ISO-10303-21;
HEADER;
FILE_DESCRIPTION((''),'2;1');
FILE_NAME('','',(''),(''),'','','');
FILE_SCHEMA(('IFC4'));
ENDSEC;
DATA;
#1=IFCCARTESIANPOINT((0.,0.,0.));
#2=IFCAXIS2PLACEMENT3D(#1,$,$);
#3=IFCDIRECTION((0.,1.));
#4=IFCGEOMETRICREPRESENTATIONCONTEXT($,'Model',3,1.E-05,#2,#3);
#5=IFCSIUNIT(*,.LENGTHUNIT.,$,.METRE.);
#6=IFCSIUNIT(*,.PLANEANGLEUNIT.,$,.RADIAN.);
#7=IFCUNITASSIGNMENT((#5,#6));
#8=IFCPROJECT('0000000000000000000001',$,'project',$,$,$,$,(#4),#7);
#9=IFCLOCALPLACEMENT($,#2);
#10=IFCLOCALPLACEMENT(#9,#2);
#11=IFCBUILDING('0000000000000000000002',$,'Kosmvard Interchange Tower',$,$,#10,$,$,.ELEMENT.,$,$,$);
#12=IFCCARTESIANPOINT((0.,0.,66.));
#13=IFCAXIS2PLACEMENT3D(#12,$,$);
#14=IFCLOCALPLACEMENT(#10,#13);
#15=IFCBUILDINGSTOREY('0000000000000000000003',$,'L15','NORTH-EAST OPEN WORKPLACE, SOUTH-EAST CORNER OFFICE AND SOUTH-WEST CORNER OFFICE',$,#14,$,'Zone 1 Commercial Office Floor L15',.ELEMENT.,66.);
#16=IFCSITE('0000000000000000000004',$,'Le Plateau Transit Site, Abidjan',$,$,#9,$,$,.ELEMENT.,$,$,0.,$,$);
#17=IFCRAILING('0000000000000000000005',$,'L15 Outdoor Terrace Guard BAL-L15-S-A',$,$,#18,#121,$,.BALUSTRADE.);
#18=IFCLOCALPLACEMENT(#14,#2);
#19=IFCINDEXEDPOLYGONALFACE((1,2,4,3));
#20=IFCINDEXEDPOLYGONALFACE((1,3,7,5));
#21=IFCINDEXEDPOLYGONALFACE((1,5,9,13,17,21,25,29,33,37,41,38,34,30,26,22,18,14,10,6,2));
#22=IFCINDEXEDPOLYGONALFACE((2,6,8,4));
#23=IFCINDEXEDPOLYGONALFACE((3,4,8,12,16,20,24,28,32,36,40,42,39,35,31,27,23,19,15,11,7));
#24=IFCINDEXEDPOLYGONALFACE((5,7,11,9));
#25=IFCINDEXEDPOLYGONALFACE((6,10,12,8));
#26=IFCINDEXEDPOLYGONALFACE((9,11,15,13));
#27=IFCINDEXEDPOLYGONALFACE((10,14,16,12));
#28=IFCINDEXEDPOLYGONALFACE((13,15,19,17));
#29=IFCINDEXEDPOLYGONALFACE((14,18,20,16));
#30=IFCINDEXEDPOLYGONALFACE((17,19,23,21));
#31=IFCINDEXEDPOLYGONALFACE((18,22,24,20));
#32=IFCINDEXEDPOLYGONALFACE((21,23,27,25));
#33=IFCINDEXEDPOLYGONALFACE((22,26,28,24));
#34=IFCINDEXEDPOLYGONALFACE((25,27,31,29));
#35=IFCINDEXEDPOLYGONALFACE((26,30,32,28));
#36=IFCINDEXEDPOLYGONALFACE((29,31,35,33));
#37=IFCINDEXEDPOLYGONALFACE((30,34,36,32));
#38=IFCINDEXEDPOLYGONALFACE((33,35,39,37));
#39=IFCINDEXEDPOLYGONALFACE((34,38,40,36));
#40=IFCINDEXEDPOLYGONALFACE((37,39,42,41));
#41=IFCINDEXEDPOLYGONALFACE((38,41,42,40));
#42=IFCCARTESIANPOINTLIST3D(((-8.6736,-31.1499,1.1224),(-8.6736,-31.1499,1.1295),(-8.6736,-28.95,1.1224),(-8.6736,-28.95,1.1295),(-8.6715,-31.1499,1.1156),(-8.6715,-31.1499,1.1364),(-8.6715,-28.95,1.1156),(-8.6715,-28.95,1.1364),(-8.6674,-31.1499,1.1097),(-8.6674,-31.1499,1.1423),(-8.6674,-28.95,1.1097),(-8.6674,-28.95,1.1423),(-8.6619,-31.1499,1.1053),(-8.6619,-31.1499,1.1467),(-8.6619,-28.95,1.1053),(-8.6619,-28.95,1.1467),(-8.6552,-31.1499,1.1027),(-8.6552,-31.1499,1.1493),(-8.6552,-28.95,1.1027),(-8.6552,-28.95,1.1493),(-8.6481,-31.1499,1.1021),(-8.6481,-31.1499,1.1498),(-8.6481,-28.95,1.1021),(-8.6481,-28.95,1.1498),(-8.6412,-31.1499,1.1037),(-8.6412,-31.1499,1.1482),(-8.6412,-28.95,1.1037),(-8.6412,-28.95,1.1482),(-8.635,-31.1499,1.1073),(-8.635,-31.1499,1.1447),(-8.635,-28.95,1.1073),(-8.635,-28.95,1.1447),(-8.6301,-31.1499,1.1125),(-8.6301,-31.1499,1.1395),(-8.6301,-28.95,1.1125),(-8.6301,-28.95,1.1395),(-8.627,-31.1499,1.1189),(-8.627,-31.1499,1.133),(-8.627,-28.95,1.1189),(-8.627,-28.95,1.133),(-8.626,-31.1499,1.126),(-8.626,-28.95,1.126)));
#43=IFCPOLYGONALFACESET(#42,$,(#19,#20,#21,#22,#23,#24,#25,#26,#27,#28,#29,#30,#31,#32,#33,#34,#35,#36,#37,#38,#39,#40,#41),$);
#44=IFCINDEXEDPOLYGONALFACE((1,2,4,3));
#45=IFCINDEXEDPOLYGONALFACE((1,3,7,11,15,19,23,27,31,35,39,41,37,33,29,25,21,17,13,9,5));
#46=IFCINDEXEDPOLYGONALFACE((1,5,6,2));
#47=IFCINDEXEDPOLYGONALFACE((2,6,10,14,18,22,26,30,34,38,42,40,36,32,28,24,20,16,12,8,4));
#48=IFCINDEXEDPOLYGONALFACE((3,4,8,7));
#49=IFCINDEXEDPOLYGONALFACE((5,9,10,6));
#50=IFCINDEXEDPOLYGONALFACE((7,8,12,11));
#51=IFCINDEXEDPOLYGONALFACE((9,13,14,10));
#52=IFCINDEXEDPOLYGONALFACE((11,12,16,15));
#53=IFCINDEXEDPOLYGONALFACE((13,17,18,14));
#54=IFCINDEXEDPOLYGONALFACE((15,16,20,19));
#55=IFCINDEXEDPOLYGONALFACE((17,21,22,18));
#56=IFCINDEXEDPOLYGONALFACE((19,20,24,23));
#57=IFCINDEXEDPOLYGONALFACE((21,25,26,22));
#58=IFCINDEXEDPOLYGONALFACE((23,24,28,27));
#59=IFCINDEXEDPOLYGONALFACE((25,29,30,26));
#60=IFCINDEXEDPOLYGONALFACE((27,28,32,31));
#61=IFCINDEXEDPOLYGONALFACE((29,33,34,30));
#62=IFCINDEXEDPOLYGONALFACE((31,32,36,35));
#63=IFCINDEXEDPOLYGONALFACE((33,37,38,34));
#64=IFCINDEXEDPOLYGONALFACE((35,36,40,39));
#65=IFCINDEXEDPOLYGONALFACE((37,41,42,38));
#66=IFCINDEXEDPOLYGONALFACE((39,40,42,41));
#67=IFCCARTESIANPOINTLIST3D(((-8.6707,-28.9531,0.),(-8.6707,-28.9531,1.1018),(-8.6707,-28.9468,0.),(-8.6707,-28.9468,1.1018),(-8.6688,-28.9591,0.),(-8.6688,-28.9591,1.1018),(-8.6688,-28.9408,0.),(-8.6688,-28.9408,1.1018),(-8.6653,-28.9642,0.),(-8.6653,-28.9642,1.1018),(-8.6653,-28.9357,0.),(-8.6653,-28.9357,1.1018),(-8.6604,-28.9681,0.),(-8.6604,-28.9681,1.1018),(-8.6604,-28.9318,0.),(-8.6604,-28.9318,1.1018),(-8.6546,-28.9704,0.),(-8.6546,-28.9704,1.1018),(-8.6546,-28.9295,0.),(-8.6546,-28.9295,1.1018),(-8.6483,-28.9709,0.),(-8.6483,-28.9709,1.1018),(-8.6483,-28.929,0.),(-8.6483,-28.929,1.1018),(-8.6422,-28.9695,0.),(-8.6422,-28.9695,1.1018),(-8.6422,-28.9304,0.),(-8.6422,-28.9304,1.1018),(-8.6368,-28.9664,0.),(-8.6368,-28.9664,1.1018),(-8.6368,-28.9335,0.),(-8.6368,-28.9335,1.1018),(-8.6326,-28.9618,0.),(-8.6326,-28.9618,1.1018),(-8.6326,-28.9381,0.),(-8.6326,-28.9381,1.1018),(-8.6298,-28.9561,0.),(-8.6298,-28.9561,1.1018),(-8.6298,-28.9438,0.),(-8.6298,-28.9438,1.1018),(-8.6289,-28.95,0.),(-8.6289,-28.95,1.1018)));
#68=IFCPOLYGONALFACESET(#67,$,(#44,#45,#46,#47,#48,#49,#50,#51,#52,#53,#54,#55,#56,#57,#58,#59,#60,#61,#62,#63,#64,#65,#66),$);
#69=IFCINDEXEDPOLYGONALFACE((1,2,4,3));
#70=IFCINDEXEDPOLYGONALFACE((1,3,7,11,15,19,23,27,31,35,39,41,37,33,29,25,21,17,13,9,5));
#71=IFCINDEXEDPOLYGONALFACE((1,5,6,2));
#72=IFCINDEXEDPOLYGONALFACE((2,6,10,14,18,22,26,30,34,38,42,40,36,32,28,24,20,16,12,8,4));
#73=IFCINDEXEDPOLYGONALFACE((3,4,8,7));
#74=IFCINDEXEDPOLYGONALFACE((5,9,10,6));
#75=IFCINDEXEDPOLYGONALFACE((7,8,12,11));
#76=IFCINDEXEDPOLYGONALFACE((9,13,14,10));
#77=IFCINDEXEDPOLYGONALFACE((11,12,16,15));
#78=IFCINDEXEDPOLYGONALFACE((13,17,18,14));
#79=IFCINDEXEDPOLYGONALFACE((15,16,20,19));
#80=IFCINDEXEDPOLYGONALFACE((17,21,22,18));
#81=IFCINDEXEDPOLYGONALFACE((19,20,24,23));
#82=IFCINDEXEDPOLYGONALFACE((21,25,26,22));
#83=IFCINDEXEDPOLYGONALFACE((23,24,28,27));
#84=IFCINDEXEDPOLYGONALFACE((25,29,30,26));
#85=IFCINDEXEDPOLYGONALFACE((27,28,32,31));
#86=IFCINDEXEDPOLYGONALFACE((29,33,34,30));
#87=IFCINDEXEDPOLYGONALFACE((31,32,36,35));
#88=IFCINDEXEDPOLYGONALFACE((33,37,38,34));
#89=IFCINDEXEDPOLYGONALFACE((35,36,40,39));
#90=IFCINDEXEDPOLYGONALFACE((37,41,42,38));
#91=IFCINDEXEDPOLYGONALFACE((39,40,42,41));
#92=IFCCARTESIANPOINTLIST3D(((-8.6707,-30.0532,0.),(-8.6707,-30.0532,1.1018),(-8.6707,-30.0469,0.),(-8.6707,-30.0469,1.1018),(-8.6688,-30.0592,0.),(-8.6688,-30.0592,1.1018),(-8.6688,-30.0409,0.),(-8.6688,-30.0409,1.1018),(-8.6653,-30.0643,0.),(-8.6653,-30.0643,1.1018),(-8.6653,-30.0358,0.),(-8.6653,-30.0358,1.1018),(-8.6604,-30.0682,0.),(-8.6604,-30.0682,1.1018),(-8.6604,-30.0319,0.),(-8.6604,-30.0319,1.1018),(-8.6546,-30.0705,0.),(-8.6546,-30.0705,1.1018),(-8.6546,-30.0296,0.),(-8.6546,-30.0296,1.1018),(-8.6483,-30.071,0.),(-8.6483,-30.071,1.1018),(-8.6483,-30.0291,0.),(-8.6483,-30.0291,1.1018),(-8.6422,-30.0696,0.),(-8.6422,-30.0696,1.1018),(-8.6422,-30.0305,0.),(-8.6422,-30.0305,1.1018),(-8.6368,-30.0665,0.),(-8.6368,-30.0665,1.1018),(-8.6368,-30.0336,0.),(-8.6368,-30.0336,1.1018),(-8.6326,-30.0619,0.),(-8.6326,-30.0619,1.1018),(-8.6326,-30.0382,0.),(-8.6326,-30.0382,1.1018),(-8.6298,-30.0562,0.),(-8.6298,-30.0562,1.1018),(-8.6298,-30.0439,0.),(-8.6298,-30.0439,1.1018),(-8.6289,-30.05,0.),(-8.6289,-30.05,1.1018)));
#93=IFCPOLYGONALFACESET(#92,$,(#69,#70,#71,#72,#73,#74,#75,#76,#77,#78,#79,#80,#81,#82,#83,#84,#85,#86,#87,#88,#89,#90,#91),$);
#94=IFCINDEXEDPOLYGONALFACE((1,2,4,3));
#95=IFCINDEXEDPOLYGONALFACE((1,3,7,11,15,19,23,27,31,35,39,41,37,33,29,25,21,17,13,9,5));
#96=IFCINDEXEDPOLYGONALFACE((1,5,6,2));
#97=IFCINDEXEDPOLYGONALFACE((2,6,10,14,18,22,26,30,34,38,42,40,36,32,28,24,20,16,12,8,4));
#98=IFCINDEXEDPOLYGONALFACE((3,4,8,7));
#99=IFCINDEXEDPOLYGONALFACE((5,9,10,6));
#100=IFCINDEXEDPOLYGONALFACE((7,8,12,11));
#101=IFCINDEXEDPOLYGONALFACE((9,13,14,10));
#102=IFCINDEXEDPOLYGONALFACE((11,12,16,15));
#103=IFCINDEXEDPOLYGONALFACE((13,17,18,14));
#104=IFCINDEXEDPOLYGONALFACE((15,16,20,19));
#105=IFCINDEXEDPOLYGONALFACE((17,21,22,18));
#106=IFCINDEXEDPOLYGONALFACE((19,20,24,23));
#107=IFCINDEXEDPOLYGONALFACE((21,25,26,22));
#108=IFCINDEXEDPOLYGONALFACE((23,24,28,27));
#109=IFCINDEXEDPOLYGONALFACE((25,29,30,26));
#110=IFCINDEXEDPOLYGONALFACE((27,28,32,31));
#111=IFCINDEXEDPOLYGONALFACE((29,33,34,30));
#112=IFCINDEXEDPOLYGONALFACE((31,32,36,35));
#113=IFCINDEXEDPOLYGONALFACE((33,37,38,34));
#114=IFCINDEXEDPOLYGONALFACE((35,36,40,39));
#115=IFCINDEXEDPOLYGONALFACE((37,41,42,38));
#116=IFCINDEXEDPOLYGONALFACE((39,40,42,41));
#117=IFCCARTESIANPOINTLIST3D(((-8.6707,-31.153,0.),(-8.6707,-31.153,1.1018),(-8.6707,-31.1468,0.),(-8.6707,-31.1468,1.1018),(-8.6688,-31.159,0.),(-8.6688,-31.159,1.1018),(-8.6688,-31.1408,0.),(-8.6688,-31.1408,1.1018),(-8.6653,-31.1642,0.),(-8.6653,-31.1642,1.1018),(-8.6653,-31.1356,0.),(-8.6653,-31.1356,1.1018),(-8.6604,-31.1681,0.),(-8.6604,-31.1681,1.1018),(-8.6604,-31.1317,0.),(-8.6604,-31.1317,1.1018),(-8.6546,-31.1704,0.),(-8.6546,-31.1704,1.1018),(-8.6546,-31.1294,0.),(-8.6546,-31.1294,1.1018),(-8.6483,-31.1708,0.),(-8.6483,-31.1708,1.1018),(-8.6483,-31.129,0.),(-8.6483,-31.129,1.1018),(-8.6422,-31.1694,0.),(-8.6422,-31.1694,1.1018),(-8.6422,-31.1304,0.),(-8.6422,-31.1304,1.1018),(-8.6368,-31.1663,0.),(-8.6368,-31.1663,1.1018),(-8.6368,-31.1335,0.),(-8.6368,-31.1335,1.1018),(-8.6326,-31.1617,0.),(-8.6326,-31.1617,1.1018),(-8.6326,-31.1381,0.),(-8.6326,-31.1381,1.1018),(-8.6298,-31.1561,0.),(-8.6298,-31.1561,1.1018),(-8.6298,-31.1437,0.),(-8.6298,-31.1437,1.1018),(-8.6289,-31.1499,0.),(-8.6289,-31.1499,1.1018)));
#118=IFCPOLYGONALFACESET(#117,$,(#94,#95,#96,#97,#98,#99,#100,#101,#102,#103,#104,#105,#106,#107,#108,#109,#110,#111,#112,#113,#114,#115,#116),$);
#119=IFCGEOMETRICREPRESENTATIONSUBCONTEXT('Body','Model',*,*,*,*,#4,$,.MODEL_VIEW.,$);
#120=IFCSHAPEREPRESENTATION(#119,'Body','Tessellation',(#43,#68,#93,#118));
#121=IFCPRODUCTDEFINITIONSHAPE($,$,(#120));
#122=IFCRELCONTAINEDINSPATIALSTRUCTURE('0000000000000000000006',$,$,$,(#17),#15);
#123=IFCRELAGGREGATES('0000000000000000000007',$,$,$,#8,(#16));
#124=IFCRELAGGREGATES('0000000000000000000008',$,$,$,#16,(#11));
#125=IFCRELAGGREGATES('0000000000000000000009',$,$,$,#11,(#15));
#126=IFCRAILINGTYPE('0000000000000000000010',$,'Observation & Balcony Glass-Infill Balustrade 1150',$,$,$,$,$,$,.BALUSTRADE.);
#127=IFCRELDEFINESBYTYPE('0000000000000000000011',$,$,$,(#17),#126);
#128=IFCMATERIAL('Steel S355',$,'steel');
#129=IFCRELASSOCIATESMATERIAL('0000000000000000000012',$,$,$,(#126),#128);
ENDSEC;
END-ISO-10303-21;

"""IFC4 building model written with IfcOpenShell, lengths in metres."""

from ifc_helpers import new_model, si_unit, direction, frame, origin, origin_2d, place, context, subcontext, project, spatial, circle, extrude, source, transform, mapped, material, type_object, element, save


model = new_model("IFC4")

# Units and contexts
model_context = context("Model", 3, precision=1e-05, world=origin(), true_north=direction((0.0, 1.0)))
body_context = subcontext(model_context, "Body", "Model", "MODEL_VIEW")
ifc_project = project(units=[si_unit("LENGTHUNIT", "METRE"), si_unit("PLANEANGLEUNIT", "RADIAN")], contexts=[model_context])

# Site, building, storey
site_placement = place(None, origin())
site = spatial("IfcSite", under=ifc_project, at=site_placement, Name="Le Plateau Transit Site, Abidjan", CompositionType="ELEMENT", RefElevation=0.0)
building_placement = place(site_placement, origin())
building = spatial("IfcBuilding", under=site, at=building_placement, Name="Kosmvard Interchange Tower", CompositionType="ELEMENT")
storey_placement = place(building_placement, frame((0.0, 0.0, 66.0)))
storey = spatial("IfcBuildingStorey", under=building, at=storey_placement, Name="L15", Description="NORTH-EAST OPEN WORKPLACE, SOUTH-EAST CORNER OFFICE AND SOUTH-WEST CORNER OFFICE", LongName="Zone 1 Commercial Office Floor L15", CompositionType="ELEMENT", Elevation=66.0)

# Shared definitions
ifc_material_1 = material(Name="Steel S355", Category="steel")

# Railing
railing_type = type_object("IfcRailingType", Name="Observation & Balcony Glass-Infill Balustrade 1150", PredefinedType="BALUSTRADE", material=ifc_material_1)
shared_shape_1 = source(origin(), body_context, "Body", "SweptSolid", [
    extrude(circle(Radius=0.0239, at=origin_2d()), frame((0.0, 0.0, 1.126), z_axis=(0.0, -1.0, 0.0), x_axis=(1.0, 0.0, 0.0)), (0.0, 0.0, 1.0), 2.2),
    extrude(circle(Radius=0.021, at=origin_2d()), origin(), (0.0, 0.0, 1.0), 1.1018),
    extrude(circle(Radius=0.021, at=origin_2d()), frame((0.0, -1.1001, 0.0)), (0.0, 0.0, 1.0), 1.1018),
    extrude(circle(Radius=0.021, at=origin_2d()), frame((0.0, -2.2, 0.0)), (0.0, 0.0, 1.0), 1.1018),
])
railing_1_placement = place(storey_placement, frame((-8.6499, -28.95, 0.0)))
element("IfcRailing", 1, at=railing_1_placement, inside=storey, type_object=railing_type, Name="L15 Outdoor Terrace Guard BAL-L15-S-A", PredefinedType="BALUSTRADE", context=body_context, shape_type="MappedRepresentation", body=[
    mapped(shared_shape_1, transform((0.0, 0.0, 0.0), scale=1.0)),
])

save(model, "model.ifc")
